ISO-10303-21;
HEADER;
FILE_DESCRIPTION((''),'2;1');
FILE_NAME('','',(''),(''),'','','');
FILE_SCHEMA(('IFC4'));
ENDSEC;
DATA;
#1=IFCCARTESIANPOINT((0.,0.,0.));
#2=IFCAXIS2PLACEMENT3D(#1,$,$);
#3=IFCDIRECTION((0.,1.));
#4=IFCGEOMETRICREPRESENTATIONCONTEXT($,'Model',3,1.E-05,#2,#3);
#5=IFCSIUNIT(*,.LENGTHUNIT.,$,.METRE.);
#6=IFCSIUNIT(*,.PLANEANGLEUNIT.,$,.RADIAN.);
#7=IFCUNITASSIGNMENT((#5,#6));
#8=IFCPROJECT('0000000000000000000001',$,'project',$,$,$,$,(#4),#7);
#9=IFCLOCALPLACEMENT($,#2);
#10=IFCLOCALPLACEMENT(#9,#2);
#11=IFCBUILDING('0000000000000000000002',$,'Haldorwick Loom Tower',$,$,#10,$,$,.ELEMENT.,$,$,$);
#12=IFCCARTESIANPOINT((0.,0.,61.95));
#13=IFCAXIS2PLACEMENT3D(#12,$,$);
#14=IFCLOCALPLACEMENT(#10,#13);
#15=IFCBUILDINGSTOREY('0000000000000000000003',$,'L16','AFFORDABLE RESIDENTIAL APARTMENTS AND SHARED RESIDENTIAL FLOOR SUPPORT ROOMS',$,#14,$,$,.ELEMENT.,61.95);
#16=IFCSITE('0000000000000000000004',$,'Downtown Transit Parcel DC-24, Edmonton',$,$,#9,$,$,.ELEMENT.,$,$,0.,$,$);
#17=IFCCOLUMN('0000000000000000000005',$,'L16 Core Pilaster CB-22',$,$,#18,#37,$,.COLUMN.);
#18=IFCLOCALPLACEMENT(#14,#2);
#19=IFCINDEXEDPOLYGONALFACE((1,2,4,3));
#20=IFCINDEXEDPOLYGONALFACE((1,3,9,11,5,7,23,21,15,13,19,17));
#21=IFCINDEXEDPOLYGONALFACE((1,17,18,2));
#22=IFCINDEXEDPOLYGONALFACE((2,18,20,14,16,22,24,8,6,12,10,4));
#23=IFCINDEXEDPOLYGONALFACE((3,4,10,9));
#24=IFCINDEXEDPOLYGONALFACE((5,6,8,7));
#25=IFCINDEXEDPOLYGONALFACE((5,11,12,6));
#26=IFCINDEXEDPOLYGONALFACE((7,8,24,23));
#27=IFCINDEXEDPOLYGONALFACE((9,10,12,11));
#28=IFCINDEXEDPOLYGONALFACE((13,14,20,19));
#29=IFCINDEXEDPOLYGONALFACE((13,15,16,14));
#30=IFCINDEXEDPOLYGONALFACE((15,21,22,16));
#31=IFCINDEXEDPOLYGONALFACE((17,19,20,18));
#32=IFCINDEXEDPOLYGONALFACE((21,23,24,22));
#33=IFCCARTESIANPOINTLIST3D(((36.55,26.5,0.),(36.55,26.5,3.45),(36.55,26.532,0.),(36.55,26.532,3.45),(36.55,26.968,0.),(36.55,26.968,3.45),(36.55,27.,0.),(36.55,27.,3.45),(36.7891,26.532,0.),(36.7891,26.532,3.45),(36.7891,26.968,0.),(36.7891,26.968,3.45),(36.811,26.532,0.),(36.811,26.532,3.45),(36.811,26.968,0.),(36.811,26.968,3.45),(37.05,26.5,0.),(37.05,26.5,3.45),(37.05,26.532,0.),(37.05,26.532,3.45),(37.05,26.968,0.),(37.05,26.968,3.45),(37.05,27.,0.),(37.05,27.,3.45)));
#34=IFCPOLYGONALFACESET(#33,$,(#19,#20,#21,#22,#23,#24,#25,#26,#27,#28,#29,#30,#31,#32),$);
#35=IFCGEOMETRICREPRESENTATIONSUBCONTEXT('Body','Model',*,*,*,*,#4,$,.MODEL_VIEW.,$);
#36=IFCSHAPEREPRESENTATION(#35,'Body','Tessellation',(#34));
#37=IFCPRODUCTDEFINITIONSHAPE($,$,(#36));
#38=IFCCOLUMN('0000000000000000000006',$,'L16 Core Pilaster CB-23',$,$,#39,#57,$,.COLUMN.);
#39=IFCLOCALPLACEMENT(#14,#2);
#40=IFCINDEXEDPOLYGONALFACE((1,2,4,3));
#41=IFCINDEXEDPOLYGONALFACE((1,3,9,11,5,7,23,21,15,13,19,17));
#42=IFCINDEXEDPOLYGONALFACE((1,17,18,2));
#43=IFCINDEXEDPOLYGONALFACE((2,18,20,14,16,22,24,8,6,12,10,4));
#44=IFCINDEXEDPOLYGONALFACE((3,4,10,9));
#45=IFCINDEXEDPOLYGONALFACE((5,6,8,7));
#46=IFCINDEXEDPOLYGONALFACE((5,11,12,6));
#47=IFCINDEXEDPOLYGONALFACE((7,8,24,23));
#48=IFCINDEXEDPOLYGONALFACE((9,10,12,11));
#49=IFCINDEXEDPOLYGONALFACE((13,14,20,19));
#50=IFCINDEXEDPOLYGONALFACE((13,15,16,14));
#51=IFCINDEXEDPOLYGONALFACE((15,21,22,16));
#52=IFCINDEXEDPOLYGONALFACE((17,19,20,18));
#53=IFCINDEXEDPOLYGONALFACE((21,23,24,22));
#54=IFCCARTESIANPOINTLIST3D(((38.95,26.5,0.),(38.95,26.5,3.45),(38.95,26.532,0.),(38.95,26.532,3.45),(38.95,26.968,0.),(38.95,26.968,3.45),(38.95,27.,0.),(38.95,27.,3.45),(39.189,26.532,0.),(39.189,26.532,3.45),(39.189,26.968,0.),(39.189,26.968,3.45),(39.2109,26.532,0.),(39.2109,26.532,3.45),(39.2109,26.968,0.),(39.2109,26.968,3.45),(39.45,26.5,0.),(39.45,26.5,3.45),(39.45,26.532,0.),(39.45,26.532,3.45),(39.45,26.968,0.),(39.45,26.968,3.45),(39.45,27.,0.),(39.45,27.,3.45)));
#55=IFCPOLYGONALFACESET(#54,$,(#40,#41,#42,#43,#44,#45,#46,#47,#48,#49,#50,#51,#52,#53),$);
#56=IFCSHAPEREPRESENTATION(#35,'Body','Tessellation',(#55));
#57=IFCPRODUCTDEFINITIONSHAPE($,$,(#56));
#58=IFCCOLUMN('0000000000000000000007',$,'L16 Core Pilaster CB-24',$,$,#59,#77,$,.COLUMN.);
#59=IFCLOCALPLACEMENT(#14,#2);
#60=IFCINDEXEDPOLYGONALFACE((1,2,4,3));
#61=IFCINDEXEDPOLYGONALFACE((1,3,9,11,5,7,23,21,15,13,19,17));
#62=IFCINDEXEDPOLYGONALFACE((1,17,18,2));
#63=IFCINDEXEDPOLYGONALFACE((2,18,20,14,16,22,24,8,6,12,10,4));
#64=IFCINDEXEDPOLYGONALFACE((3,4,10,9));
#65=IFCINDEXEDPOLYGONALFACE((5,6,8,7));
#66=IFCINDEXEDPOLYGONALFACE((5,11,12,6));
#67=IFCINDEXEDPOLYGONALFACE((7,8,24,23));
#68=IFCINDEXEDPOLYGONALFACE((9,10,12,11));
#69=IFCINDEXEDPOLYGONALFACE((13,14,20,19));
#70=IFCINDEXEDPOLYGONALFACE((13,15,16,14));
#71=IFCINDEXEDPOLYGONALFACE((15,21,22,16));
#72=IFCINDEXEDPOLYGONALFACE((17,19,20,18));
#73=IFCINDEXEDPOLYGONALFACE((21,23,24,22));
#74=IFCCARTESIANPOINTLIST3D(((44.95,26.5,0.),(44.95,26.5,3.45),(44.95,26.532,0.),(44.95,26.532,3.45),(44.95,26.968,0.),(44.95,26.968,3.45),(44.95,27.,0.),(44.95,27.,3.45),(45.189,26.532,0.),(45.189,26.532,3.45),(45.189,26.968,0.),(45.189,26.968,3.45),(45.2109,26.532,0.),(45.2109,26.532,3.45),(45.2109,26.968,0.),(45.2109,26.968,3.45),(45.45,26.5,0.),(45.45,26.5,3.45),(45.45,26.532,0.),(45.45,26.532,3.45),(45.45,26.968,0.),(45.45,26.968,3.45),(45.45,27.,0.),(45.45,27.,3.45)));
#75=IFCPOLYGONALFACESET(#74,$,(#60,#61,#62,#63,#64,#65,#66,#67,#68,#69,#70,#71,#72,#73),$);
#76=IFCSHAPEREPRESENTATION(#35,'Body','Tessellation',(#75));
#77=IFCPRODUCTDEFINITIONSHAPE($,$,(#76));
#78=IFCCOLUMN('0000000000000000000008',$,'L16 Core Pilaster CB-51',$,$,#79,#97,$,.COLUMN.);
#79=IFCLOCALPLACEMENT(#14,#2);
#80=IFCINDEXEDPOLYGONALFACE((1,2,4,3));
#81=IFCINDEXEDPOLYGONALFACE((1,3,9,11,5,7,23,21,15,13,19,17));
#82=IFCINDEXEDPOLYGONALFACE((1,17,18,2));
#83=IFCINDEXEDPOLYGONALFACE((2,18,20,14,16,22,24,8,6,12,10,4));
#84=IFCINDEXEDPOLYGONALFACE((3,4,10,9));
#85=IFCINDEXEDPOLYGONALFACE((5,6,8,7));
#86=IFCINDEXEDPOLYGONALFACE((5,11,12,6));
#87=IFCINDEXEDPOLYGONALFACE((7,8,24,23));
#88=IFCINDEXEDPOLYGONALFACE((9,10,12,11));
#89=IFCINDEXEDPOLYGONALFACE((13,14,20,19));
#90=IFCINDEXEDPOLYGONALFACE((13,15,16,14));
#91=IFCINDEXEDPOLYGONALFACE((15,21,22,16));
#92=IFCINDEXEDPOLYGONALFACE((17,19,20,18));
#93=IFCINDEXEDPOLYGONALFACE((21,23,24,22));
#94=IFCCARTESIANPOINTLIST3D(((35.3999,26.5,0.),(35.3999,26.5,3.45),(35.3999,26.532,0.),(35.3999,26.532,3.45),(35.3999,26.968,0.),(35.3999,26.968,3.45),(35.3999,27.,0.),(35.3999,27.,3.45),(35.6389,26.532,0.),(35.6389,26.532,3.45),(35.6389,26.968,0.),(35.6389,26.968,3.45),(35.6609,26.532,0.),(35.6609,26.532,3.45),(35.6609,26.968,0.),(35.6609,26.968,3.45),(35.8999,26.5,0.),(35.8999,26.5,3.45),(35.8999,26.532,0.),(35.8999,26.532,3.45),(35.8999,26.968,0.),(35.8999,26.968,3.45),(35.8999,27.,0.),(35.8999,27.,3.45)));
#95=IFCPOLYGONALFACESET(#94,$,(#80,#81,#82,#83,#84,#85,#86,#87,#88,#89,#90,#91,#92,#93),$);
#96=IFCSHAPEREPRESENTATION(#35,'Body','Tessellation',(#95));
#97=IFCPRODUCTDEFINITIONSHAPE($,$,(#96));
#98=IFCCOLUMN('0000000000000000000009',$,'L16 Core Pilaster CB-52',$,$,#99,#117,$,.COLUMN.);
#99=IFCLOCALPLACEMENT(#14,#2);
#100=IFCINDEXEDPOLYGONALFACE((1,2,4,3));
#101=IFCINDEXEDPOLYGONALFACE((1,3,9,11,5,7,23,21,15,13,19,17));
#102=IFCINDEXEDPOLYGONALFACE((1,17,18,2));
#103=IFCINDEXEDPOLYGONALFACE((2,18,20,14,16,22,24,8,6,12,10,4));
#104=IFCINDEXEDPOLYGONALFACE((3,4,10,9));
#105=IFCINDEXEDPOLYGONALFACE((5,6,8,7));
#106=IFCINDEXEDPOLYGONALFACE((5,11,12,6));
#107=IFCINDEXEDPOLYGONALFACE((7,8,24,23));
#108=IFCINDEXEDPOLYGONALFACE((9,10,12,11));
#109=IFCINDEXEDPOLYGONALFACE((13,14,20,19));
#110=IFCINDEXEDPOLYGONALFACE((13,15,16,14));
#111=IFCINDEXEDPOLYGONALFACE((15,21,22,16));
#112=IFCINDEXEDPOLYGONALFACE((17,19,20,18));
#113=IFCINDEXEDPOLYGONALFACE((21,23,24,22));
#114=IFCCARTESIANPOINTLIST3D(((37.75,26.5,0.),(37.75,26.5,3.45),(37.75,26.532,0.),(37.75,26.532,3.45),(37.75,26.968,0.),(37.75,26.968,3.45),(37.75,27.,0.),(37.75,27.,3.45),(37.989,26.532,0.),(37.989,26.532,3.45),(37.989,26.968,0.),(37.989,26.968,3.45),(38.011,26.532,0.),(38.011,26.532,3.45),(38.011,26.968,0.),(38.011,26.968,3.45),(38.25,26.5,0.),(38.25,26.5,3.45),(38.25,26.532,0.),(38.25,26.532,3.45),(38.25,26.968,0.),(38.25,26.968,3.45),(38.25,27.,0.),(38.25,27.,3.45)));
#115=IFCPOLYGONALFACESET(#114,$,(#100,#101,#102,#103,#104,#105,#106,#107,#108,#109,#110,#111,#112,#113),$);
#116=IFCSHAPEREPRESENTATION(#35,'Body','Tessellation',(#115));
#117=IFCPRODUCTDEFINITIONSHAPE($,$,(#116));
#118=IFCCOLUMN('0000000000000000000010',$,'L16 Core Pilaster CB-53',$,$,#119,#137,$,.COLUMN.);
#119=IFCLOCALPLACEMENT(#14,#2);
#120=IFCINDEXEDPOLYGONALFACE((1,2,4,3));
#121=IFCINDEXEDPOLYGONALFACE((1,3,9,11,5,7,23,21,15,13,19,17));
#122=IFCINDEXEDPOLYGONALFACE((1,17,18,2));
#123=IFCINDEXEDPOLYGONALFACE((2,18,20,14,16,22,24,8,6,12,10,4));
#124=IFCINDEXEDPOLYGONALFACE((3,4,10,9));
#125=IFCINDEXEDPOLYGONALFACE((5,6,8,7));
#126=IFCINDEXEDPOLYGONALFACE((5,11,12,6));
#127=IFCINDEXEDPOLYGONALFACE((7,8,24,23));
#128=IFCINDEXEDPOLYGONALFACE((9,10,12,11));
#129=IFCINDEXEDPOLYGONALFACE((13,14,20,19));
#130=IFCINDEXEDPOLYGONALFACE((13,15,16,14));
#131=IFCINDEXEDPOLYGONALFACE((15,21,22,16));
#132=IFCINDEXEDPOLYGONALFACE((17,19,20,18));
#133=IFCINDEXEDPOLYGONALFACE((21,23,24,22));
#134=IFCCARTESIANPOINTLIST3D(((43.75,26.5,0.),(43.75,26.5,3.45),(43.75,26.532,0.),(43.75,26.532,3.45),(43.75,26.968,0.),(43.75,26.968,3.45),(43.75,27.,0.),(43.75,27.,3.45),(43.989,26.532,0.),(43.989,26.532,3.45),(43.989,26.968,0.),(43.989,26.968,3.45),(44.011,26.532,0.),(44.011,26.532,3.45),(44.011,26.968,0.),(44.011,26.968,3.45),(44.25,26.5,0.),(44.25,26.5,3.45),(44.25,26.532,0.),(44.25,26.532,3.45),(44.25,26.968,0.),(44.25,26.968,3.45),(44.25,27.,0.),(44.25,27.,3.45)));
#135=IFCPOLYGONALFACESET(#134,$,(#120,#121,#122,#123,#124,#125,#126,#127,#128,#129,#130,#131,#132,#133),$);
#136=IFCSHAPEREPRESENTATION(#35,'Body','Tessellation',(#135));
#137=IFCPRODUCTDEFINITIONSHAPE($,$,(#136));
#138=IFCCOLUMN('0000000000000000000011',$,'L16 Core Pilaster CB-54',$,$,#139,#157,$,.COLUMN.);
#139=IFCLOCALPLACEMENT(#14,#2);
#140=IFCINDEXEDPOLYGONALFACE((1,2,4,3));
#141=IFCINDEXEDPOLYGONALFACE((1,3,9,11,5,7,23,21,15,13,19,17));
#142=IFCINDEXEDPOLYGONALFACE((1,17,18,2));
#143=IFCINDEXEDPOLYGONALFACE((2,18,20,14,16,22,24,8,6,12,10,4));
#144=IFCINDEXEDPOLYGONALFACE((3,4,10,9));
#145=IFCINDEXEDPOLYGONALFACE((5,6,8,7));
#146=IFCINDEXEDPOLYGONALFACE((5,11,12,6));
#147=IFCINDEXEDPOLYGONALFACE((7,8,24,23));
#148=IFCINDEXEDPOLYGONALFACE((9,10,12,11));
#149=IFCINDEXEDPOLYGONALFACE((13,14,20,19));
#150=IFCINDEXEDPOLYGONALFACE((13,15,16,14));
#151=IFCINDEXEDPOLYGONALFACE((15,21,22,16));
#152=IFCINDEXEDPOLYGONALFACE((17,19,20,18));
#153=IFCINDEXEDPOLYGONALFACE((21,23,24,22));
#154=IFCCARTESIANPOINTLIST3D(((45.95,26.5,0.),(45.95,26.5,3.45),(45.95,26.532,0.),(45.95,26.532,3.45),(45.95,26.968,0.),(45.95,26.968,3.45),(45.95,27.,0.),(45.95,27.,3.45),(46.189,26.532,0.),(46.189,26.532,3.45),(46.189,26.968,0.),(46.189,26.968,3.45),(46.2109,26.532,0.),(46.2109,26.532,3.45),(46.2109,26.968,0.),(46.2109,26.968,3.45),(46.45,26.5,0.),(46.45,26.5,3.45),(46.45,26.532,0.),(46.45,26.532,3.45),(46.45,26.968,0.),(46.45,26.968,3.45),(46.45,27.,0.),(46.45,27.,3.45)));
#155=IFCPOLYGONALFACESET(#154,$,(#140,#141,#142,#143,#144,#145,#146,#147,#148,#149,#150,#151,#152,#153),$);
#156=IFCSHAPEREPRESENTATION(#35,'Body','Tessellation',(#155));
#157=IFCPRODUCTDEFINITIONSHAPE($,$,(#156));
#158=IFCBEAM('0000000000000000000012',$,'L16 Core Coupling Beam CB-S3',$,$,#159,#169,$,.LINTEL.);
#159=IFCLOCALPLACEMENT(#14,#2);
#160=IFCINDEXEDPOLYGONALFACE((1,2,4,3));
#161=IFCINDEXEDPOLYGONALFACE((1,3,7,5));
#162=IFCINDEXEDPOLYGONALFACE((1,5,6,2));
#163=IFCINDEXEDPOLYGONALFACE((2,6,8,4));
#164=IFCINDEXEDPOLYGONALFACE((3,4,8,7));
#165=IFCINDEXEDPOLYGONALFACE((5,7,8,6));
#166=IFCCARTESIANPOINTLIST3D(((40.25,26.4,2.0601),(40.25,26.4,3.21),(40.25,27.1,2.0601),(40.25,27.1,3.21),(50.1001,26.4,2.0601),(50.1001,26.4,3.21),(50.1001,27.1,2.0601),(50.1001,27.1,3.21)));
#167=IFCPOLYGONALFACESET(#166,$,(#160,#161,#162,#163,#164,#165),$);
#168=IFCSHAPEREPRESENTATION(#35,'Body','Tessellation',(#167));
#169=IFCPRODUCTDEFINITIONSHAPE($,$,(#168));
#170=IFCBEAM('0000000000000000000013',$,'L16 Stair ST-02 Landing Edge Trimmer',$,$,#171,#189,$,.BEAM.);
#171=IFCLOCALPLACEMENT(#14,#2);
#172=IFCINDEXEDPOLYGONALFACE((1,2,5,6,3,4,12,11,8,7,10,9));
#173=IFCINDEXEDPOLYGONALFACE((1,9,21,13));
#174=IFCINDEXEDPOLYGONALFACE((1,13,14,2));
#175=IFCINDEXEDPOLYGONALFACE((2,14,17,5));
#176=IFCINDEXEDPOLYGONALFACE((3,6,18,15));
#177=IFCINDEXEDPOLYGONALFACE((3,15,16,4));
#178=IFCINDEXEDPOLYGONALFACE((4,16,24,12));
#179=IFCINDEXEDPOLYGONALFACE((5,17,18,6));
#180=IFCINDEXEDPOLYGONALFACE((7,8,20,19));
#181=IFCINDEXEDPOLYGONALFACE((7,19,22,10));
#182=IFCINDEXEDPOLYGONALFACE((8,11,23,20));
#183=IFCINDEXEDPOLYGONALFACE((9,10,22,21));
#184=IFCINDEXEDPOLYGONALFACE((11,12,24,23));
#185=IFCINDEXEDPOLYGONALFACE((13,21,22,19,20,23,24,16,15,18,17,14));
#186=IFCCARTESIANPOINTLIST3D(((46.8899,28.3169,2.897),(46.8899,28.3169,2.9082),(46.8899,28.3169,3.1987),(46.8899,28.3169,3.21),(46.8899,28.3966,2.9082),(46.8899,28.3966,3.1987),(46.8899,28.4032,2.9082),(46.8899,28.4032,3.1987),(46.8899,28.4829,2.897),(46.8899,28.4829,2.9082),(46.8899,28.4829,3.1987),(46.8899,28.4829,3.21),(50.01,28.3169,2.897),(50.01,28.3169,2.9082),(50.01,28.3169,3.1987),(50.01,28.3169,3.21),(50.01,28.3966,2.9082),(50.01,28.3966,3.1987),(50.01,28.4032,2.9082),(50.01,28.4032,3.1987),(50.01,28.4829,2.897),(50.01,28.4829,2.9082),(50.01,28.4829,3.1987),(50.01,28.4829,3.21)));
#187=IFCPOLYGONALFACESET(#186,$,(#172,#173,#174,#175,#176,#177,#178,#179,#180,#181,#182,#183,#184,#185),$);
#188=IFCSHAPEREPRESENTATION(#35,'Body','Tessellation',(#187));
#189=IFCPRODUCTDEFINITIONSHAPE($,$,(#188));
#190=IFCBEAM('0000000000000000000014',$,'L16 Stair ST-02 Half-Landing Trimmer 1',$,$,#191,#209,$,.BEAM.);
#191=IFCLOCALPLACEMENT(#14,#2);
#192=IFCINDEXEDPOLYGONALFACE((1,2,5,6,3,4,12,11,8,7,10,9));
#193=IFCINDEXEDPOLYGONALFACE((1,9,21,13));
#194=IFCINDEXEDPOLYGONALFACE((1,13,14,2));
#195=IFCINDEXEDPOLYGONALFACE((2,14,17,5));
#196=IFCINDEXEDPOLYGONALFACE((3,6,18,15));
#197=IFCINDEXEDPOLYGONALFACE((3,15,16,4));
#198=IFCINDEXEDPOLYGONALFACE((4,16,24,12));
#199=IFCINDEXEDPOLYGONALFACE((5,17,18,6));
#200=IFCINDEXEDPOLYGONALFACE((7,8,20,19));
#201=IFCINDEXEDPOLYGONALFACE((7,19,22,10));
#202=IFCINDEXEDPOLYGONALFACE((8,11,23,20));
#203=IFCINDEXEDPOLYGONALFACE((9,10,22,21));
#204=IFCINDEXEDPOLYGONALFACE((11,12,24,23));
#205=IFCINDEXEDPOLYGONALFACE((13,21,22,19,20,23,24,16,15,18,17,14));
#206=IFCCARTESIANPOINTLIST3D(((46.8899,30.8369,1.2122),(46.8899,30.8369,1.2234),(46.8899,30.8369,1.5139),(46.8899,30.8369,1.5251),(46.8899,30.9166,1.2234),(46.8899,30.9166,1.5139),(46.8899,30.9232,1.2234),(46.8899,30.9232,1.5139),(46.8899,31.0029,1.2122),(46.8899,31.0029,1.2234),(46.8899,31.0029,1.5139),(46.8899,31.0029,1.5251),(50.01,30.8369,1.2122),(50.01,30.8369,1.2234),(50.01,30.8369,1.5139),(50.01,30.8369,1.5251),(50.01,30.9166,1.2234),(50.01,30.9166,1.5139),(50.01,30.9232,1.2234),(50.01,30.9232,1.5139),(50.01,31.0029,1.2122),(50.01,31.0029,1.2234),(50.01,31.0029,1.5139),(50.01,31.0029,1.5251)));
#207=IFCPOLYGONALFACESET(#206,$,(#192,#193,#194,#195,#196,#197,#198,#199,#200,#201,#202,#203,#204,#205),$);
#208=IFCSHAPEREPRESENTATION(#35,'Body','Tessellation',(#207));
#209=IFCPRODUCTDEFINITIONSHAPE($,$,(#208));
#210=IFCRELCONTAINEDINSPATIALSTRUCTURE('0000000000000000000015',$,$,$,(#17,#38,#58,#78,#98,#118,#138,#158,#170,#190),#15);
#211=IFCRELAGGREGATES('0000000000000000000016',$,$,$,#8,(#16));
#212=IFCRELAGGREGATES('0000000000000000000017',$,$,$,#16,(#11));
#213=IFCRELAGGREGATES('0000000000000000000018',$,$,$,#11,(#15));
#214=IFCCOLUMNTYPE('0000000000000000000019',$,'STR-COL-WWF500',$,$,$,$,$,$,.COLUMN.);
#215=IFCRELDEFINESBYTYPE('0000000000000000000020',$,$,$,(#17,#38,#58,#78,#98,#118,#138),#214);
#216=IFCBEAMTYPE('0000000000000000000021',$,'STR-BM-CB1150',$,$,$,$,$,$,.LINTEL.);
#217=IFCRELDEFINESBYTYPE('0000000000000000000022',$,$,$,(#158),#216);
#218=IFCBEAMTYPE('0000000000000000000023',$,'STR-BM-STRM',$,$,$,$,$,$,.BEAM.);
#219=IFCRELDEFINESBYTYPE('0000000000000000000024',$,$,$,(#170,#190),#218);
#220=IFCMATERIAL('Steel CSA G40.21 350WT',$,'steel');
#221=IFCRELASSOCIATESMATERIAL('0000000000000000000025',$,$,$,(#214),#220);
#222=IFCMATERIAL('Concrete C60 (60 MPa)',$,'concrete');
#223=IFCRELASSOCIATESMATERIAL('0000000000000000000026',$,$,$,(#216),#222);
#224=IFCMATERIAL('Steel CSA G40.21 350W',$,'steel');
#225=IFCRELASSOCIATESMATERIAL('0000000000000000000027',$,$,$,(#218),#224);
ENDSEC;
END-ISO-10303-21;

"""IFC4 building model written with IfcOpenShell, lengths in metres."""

from ifc_helpers import new_model, si_unit, direction, frame, origin, origin_2d, place, context, subcontext, project, spatial, rectangle, i_section, extrude, material, material_profile, profile_set, type_object, element, save


model = new_model("IFC4")

# Units and contexts
model_context = context("Model", 3, precision=1e-05, world=origin(), true_north=direction((0.0, 1.0)))
body_context = subcontext(model_context, "Body", "Model", "MODEL_VIEW")
ifc_project = project(units=[si_unit("LENGTHUNIT", "METRE"), si_unit("PLANEANGLEUNIT", "RADIAN")], contexts=[model_context])

# Site, building, storey
site_placement = place(None, origin())
site = spatial("IfcSite", under=ifc_project, at=site_placement, Name="Downtown Transit Parcel DC-24, Edmonton", CompositionType="ELEMENT", RefElevation=0.0)
building_placement = place(site_placement, origin())
building = spatial("IfcBuilding", under=site, at=building_placement, Name="Haldorwick Loom Tower", CompositionType="ELEMENT")
storey_placement = place(building_placement, frame((0.0, 0.0, 61.95)))
storey = spatial("IfcBuildingStorey", under=building, at=storey_placement, Name="L16", Description="AFFORDABLE RESIDENTIAL APARTMENTS AND SHARED RESIDENTIAL FLOOR SUPPORT ROOMS", CompositionType="ELEMENT", Elevation=61.95)

# Columns
ifc_material_1 = material(Name="Steel CSA G40.21 350WT", Category="steel")
ifc_material_profile_1 = material_profile(ifc_material_1, i_section(OverallWidth=0.5, OverallDepth=0.5, WebThickness=0.022, FlangeThickness=0.032, at=origin_2d()), Name="WWF500X500", Category="steel")
ifc_profile_set_1 = profile_set([ifc_material_profile_1], Name="Steel CSA G40.21 350WT")
column_type = type_object("IfcColumnType", Name="STR-COL-WWF500", PredefinedType="COLUMN", material=ifc_profile_set_1)
for number, where, z_axis, x_axis, name in (
    (1, (36.8, 26.75, 0.0), (0.0, 0.0, 1.0), (1.0, 0.0, 0.0), "L16 Core Pilaster CB-22"),
    (2, (39.2, 26.75, 0.0), (0.0, 0.0, 1.0), (1.0, 0.0, 0.0), "L16 Core Pilaster CB-23"),
    (3, (45.2, 26.75, 0.0), (0.0, 0.0, 1.0), (1.0, 0.0, 0.0), "L16 Core Pilaster CB-24"),
    (4, (35.6499, 26.75, 0.0), (0.0, 0.0, 1.0), (1.0, 0.0, 0.0), "L16 Core Pilaster CB-51"),
    (5, (38.0, 26.75, 0.0), (0.0, 0.0, 1.0), (1.0, 0.0, 0.0), "L16 Core Pilaster CB-52"),
    (6, (44.0, 26.75, 0.0), (0.0, 0.0, 1.0), (1.0, 0.0, 0.0), "L16 Core Pilaster CB-53"),
    (7, (46.2, 26.75, 0.0), (0.0, 0.0, 1.0), (1.0, 0.0, 0.0), "L16 Core Pilaster CB-54"),
):
    element("IfcColumn", number, at=place(storey_placement, frame(where, z_axis=z_axis, x_axis=x_axis)), inside=storey, type_object=column_type, Name=name, PredefinedType="COLUMN", context=body_context, shape_type="SweptSolid", body=[
        extrude(i_section(OverallWidth=0.5, OverallDepth=0.5, WebThickness=0.022, FlangeThickness=0.032, at=origin_2d()), origin(), (0.0, 0.0, 1.0), 3.45),
    ])

# Beams
ifc_material_2 = material(Name="Concrete C60 (60 MPa)", Category="concrete")
ifc_material_profile_2 = material_profile(ifc_material_2, rectangle(XDim=0.7, YDim=1.1499, at=origin_2d()), Name="RC700X1150", Category="concrete")
ifc_profile_set_2 = profile_set([ifc_material_profile_2], Name="Concrete C60 (60 MPa)")
beam_type_1 = type_object("IfcBeamType", Name="STR-BM-CB1150", PredefinedType="LINTEL", material=ifc_profile_set_2)
beam_placement = place(storey_placement, frame((40.25, 26.75, 2.635), z_axis=(1.0, 0.0, 0.0), x_axis=(0.0, 1.0, 0.0)))
element("IfcBeam", 8, at=beam_placement, inside=storey, type_object=beam_type_1, Name="L16 Core Coupling Beam CB-S3", PredefinedType="LINTEL", context=body_context, shape_type="SweptSolid", body=[
    extrude(rectangle(XDim=0.7, YDim=1.1499, at=origin_2d()), origin(), (0.0, 0.0, 1.0), 9.8501),
])
ifc_material_3 = material(Name="Steel CSA G40.21 350W", Category="steel")
ifc_material_profile_3 = material_profile(ifc_material_3, i_section(OverallWidth=0.166, OverallDepth=0.313, WebThickness=0.0066, FlangeThickness=0.0112, at=origin_2d()), Name="W310X45", Category="steel")
ifc_profile_set_3 = profile_set([ifc_material_profile_3], Name="Steel CSA G40.21 350W")
beam_type_2 = type_object("IfcBeamType", Name="STR-BM-STRM", PredefinedType="BEAM", material=ifc_profile_set_3)
for number, where, z_axis, x_axis, name in (
    (9, (46.8899, 28.3999, 3.0535), (1.0, 0.0, 0.0), (0.0, 1.0, 0.0), "L16 Stair ST-02 Landing Edge Trimmer"),
    (10, (46.8899, 30.9199, 1.3687), (1.0, 0.0, 0.0), (0.0, 1.0, 0.0), "L16 Stair ST-02 Half-Landing Trimmer 1"),
):
    element("IfcBeam", number, at=place(storey_placement, frame(where, z_axis=z_axis, x_axis=x_axis)), inside=storey, type_object=beam_type_2, Name=name, PredefinedType="BEAM", context=body_context, shape_type="SweptSolid", body=[
        extrude(i_section(OverallWidth=0.166, OverallDepth=0.313, WebThickness=0.0066, FlangeThickness=0.0112, at=origin_2d()), origin(), (0.0, 0.0, 1.0), 3.1201),
    ])

save(model, "model.ifc")
